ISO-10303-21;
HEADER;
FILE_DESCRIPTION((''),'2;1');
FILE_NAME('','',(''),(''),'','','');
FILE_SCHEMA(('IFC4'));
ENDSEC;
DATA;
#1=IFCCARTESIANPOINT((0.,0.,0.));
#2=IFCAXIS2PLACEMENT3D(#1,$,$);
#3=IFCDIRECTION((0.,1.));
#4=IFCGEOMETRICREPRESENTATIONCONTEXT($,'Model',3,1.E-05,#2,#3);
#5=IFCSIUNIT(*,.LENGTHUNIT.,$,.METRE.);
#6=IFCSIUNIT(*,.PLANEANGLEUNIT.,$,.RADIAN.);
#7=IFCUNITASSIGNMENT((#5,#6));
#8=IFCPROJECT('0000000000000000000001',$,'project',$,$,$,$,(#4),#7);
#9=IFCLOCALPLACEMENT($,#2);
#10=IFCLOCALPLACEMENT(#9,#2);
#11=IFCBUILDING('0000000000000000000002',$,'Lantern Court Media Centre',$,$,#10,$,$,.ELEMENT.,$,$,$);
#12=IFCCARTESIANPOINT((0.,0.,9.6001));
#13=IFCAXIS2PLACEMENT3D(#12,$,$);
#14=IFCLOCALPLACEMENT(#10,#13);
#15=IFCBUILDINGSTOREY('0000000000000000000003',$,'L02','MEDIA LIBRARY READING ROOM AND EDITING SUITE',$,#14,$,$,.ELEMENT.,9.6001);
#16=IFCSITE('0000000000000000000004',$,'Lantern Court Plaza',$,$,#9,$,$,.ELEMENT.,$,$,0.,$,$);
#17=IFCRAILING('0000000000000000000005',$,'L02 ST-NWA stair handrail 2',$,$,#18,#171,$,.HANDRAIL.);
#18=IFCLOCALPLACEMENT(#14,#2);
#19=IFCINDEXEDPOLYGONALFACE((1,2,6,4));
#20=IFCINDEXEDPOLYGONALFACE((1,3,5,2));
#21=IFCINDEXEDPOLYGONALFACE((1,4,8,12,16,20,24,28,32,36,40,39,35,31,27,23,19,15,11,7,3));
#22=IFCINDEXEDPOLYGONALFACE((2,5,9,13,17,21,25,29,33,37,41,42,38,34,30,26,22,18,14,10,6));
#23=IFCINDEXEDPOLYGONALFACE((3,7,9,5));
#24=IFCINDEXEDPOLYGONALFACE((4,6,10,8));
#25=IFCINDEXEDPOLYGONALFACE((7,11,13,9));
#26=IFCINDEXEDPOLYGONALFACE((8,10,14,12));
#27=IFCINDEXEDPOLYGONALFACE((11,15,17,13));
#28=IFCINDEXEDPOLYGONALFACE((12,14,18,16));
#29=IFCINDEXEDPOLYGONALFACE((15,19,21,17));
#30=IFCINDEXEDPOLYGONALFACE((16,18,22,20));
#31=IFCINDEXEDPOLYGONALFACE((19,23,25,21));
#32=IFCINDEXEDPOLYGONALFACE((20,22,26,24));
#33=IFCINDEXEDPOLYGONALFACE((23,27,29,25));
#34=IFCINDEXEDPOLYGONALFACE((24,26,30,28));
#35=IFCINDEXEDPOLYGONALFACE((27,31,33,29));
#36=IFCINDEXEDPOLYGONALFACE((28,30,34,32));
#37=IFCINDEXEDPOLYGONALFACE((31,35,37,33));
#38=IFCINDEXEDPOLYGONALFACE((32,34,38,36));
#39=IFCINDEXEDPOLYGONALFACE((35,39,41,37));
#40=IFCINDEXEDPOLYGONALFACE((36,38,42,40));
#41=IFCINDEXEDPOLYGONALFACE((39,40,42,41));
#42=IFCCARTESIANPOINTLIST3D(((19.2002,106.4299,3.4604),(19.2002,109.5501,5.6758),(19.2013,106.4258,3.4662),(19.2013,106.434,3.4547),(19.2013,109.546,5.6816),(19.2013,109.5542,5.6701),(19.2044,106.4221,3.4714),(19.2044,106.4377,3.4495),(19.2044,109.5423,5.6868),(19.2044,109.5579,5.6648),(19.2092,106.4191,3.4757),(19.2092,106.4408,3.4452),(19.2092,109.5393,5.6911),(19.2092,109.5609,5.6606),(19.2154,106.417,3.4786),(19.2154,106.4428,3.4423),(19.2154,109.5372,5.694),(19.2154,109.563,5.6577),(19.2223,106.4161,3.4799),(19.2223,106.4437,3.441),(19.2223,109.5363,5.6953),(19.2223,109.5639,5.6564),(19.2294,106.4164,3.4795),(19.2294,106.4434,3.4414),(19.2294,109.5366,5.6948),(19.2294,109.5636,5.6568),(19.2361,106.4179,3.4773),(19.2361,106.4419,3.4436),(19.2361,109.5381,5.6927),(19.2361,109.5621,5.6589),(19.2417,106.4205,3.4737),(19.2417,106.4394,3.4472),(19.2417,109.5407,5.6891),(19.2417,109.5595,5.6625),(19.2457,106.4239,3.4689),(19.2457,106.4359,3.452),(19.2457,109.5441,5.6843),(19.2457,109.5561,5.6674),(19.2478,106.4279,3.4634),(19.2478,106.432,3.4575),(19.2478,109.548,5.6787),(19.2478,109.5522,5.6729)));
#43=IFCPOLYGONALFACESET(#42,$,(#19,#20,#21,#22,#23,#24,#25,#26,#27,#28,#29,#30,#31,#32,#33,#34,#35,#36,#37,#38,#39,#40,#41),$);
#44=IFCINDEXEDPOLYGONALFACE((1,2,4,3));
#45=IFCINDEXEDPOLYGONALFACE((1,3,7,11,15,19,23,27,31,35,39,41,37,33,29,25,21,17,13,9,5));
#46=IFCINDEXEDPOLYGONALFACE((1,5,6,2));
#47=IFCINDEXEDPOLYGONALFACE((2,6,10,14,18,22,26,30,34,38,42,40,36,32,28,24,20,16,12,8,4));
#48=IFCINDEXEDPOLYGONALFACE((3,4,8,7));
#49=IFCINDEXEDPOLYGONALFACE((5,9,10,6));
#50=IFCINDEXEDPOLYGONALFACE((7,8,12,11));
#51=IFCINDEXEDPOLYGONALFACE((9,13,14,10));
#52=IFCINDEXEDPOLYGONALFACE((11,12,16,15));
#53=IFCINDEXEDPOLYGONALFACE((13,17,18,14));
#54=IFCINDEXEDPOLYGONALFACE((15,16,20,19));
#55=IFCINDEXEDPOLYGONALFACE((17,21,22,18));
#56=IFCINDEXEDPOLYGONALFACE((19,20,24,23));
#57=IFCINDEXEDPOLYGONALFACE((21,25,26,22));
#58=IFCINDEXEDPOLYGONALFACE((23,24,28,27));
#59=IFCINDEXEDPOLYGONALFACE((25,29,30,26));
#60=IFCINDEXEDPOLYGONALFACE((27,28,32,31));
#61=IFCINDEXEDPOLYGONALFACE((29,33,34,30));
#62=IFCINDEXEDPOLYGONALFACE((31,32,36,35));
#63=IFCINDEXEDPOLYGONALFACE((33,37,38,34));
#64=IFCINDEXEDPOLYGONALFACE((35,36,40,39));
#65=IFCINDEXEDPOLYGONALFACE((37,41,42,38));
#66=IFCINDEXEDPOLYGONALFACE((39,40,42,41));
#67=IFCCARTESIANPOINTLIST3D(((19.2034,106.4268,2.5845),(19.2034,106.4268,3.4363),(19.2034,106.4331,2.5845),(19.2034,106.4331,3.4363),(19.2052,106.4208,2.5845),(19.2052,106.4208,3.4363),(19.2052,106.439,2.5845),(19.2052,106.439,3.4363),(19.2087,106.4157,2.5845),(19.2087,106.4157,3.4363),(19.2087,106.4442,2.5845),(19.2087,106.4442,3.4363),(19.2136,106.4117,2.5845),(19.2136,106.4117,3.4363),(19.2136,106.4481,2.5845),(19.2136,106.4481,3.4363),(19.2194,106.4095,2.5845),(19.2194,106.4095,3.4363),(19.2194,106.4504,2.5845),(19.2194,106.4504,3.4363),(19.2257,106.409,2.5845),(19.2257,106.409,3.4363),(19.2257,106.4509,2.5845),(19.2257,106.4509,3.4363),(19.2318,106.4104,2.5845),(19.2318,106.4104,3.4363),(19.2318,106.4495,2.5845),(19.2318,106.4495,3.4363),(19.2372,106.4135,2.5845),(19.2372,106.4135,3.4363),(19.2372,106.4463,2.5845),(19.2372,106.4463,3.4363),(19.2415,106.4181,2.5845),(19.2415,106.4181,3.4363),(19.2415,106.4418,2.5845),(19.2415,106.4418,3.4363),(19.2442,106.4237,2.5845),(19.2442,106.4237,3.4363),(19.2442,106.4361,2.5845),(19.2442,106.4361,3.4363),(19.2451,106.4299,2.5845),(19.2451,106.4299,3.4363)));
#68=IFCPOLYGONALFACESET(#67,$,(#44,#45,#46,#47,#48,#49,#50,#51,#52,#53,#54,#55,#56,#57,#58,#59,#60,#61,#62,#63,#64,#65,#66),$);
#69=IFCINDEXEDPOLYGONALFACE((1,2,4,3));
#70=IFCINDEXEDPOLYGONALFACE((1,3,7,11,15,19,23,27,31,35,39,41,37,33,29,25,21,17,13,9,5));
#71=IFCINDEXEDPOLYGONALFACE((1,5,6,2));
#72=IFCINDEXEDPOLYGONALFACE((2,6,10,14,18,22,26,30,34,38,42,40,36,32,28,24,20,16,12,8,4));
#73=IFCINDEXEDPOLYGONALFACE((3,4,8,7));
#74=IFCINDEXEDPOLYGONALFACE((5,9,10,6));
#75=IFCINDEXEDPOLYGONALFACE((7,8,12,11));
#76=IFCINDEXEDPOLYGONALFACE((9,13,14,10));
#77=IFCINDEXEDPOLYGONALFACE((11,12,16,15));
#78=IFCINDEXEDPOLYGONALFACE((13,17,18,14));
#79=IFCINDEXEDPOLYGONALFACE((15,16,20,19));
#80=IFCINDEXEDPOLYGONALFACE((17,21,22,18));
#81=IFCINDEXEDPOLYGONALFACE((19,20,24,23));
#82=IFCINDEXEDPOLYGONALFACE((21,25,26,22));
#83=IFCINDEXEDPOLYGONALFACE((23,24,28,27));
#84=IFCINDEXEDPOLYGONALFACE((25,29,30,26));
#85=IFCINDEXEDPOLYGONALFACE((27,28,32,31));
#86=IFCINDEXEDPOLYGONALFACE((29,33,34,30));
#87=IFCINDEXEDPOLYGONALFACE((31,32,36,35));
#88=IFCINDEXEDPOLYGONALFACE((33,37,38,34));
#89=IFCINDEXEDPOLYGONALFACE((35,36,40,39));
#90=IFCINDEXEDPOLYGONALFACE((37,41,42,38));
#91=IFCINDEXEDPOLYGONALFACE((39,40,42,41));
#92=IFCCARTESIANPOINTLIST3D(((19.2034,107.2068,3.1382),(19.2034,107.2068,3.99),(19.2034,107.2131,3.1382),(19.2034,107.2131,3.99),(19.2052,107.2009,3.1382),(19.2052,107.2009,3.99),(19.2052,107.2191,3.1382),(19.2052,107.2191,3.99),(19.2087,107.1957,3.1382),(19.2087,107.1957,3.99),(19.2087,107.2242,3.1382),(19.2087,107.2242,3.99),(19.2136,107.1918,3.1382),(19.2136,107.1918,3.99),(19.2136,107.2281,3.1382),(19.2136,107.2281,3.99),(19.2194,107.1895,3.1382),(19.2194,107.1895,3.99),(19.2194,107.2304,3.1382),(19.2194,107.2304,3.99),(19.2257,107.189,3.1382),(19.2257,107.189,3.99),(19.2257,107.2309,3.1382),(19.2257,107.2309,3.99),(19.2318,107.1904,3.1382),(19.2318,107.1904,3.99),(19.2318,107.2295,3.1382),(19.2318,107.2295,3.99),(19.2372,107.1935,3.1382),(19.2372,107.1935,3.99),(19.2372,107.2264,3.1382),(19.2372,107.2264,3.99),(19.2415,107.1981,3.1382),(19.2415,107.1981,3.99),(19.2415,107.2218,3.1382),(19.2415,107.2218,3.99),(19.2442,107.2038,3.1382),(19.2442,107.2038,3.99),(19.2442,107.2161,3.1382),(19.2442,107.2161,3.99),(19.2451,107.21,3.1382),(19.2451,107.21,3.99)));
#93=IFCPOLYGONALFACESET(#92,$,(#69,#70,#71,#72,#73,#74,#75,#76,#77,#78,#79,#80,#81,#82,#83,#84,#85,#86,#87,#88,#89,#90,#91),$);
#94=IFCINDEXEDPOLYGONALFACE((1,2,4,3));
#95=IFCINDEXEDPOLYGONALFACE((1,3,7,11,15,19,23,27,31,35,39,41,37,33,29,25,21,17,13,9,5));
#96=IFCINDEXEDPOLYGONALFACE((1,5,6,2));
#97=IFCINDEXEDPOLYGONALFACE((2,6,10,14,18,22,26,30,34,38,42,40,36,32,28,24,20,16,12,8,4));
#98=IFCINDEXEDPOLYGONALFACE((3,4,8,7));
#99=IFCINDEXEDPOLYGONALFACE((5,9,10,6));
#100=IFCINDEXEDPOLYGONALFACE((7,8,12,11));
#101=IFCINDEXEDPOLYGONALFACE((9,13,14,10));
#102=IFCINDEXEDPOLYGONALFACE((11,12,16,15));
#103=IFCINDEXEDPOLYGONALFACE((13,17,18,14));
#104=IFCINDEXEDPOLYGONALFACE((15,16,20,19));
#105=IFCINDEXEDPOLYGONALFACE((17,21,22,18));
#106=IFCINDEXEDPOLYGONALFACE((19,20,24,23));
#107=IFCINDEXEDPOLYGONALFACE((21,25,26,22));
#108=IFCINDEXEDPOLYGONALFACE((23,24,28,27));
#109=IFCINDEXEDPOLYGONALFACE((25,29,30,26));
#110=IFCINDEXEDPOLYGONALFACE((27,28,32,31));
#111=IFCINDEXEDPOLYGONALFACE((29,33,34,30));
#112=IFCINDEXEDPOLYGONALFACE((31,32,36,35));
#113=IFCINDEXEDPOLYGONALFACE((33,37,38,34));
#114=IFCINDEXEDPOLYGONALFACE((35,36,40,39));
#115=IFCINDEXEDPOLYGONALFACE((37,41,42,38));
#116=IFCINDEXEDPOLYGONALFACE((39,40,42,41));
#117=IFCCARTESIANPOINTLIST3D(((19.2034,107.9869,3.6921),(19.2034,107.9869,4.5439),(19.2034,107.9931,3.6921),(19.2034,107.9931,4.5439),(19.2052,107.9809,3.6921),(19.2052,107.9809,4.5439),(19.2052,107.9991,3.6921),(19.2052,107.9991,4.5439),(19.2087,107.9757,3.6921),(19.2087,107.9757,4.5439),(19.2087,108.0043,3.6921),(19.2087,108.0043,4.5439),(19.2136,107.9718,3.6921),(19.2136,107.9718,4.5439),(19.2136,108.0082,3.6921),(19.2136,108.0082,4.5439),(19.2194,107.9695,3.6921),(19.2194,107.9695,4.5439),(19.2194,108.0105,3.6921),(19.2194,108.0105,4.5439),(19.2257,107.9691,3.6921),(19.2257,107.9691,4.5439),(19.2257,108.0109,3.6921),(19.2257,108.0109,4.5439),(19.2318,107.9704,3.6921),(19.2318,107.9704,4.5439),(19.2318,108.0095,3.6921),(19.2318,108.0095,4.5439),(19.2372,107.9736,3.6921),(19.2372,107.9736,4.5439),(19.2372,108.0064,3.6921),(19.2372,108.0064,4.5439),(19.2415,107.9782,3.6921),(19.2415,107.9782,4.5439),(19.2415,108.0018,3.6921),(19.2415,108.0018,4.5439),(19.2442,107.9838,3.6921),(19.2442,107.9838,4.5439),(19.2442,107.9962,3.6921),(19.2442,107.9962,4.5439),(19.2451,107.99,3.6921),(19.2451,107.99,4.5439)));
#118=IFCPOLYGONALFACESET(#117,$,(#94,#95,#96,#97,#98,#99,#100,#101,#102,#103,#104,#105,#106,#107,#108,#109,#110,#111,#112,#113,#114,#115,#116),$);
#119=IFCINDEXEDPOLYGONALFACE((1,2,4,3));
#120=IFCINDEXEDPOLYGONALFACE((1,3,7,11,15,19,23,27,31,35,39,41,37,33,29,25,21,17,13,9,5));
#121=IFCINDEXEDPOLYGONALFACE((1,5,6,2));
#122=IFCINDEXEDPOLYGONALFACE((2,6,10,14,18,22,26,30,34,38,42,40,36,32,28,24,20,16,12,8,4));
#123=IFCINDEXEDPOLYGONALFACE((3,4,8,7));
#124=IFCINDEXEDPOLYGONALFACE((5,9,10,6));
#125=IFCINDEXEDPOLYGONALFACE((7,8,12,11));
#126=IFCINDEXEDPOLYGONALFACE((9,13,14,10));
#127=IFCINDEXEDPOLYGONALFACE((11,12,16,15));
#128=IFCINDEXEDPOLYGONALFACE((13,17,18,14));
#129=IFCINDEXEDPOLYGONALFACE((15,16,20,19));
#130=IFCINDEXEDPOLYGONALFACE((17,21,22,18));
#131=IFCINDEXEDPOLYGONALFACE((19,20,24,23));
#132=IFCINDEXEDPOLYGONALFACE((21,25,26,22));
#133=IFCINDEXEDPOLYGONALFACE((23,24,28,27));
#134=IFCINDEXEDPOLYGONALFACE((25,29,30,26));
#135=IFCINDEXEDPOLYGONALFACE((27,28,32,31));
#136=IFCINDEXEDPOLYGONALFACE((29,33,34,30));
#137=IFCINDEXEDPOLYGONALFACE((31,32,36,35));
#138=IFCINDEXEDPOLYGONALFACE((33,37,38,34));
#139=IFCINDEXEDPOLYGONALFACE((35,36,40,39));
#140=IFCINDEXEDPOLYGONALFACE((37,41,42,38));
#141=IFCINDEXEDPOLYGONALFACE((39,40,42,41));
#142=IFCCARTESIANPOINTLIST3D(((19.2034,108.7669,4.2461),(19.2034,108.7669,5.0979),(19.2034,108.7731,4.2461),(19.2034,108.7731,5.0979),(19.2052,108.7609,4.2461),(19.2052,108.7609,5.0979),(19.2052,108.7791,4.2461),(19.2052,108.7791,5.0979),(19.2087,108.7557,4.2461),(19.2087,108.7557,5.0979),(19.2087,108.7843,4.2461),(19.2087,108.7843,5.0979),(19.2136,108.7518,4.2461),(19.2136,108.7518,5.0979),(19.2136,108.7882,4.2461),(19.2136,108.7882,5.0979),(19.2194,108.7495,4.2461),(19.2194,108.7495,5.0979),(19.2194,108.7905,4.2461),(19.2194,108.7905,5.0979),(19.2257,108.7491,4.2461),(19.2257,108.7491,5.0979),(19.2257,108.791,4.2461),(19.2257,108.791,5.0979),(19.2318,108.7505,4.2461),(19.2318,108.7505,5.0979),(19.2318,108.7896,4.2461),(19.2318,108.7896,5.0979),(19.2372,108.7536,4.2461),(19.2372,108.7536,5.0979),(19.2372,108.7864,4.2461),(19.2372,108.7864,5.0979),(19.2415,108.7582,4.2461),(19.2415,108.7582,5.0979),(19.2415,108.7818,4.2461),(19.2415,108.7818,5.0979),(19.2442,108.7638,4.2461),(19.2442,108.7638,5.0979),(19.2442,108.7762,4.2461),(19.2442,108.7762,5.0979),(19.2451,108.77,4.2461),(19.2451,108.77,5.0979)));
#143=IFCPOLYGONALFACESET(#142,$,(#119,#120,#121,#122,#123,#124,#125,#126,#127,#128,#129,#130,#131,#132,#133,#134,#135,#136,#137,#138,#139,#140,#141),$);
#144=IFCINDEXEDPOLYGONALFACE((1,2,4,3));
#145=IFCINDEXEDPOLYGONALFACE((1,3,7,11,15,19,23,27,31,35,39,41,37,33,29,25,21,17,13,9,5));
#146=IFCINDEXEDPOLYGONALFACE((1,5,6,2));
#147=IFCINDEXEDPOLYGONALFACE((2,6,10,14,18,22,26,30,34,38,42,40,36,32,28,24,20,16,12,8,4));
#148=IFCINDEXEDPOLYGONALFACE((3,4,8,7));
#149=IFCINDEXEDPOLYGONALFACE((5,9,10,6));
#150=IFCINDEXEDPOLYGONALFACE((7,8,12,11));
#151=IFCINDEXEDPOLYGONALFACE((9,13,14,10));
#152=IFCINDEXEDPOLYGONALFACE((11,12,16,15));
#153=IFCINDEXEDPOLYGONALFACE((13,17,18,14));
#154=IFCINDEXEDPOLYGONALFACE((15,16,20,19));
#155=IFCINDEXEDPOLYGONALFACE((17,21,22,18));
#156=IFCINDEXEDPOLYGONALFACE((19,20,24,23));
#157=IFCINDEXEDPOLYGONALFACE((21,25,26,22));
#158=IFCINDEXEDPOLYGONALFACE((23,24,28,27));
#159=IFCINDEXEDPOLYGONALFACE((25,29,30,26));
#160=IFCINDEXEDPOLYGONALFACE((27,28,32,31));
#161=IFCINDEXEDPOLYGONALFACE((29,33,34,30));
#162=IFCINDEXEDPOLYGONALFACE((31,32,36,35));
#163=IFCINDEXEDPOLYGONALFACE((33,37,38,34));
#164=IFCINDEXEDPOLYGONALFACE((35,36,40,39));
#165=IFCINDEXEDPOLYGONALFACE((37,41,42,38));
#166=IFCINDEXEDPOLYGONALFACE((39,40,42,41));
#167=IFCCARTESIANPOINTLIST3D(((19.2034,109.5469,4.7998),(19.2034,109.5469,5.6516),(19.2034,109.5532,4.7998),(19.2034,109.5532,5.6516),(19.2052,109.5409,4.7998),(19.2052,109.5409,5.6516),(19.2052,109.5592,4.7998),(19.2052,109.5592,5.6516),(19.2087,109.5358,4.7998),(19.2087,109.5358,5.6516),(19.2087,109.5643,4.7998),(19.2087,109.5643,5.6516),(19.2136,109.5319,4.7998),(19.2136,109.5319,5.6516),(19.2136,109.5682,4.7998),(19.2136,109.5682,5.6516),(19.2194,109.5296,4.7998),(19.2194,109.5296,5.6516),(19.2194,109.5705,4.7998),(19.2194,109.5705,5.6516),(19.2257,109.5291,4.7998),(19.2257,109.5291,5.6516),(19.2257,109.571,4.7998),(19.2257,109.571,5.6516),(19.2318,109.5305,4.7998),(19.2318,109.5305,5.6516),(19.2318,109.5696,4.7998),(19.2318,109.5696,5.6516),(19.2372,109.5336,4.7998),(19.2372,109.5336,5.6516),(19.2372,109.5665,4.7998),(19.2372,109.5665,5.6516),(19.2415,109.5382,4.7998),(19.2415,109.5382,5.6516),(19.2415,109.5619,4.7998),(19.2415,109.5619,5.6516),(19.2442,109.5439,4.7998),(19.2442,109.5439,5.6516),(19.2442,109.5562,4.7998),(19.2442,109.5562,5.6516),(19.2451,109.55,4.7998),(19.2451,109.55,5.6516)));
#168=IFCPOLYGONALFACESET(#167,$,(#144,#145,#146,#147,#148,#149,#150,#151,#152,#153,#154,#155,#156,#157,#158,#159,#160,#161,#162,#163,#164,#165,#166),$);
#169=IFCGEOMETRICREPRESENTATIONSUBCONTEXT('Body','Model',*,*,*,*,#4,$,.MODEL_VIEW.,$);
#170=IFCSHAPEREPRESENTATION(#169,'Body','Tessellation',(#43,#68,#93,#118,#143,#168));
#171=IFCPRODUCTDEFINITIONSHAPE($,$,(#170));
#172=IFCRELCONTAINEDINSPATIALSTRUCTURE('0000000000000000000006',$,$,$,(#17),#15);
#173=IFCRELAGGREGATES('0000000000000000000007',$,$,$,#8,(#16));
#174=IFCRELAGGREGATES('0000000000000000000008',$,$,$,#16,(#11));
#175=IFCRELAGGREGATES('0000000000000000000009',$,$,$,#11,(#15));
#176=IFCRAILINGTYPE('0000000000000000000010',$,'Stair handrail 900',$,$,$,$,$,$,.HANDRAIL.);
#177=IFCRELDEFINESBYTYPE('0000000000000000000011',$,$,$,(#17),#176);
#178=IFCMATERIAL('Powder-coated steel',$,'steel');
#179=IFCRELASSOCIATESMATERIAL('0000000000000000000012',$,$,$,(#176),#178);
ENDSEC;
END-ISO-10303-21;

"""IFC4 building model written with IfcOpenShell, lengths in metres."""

from ifc_helpers import new_model, si_unit, direction, frame, origin, origin_2d, place, context, subcontext, project, spatial, circle, extrude, material, type_object, element, save


model = new_model("IFC4")

# Units and contexts
model_context = context("Model", 3, precision=1e-05, world=origin(), true_north=direction((0.0, 1.0)))
body_context = subcontext(model_context, "Body", "Model", "MODEL_VIEW")
ifc_project = project(units=[si_unit("LENGTHUNIT", "METRE"), si_unit("PLANEANGLEUNIT", "RADIAN")], contexts=[model_context])

# Site, building, storey
site_placement = place(None, origin())
site = spatial("IfcSite", under=ifc_project, at=site_placement, Name="Lantern Court Plaza", CompositionType="ELEMENT", RefElevation=0.0)
building_placement = place(site_placement, origin())
building = spatial("IfcBuilding", under=site, at=building_placement, Name="Lantern Court Media Centre", CompositionType="ELEMENT")
storey_placement = place(building_placement, frame((0.0, 0.0, 9.6001)))
storey = spatial("IfcBuildingStorey", under=building, at=storey_placement, Name="L02", Description="MEDIA LIBRARY READING ROOM AND EDITING SUITE", CompositionType="ELEMENT", Elevation=9.6001)

# Shared definitions
ifc_material_1 = material(Name="Powder-coated steel", Category="steel")

# Railing
railing_type_1 = type_object("IfcRailingType", Name="Stair handrail 900", PredefinedType="HANDRAIL", material=ifc_material_1)
railing_1_placement = place(storey_placement, frame((19.2241, 106.4299, 2.5845)))
element("IfcRailing", 1, at=railing_1_placement, inside=storey, type_object=railing_type_1, Name="L02 ST-NWA stair handrail 2", PredefinedType="HANDRAIL", context=body_context, shape_type="SweptSolid", body=[
    extrude(circle(Radius=0.0239, at=origin_2d()), frame((0.0, 0.0, 0.876), z_axis=(0.0, 0.815377, 0.57893), x_axis=(-1.0, 0.0, 0.0)), (0.0, 0.0, 1.0), 3.8267),
    extrude(circle(Radius=0.021, at=origin_2d()), origin(), (0.0, 0.0, 1.0), 0.8518),
    extrude(circle(Radius=0.021, at=origin_2d()), frame((0.0, 0.78, 0.5537)), (0.0, 0.0, 1.0), 0.8518),
    extrude(circle(Radius=0.021, at=origin_2d()), frame((0.0, 1.5601, 1.1077)), (0.0, 0.0, 1.0), 0.8518),
    extrude(circle(Radius=0.021, at=origin_2d()), frame((0.0, 2.3401, 1.6616)), (0.0, 0.0, 1.0), 0.8518),
    extrude(circle(Radius=0.021, at=origin_2d()), frame((0.0, 3.1201, 2.2153)), (0.0, 0.0, 1.0), 0.8518),
])

save(model, "model.ifc")
